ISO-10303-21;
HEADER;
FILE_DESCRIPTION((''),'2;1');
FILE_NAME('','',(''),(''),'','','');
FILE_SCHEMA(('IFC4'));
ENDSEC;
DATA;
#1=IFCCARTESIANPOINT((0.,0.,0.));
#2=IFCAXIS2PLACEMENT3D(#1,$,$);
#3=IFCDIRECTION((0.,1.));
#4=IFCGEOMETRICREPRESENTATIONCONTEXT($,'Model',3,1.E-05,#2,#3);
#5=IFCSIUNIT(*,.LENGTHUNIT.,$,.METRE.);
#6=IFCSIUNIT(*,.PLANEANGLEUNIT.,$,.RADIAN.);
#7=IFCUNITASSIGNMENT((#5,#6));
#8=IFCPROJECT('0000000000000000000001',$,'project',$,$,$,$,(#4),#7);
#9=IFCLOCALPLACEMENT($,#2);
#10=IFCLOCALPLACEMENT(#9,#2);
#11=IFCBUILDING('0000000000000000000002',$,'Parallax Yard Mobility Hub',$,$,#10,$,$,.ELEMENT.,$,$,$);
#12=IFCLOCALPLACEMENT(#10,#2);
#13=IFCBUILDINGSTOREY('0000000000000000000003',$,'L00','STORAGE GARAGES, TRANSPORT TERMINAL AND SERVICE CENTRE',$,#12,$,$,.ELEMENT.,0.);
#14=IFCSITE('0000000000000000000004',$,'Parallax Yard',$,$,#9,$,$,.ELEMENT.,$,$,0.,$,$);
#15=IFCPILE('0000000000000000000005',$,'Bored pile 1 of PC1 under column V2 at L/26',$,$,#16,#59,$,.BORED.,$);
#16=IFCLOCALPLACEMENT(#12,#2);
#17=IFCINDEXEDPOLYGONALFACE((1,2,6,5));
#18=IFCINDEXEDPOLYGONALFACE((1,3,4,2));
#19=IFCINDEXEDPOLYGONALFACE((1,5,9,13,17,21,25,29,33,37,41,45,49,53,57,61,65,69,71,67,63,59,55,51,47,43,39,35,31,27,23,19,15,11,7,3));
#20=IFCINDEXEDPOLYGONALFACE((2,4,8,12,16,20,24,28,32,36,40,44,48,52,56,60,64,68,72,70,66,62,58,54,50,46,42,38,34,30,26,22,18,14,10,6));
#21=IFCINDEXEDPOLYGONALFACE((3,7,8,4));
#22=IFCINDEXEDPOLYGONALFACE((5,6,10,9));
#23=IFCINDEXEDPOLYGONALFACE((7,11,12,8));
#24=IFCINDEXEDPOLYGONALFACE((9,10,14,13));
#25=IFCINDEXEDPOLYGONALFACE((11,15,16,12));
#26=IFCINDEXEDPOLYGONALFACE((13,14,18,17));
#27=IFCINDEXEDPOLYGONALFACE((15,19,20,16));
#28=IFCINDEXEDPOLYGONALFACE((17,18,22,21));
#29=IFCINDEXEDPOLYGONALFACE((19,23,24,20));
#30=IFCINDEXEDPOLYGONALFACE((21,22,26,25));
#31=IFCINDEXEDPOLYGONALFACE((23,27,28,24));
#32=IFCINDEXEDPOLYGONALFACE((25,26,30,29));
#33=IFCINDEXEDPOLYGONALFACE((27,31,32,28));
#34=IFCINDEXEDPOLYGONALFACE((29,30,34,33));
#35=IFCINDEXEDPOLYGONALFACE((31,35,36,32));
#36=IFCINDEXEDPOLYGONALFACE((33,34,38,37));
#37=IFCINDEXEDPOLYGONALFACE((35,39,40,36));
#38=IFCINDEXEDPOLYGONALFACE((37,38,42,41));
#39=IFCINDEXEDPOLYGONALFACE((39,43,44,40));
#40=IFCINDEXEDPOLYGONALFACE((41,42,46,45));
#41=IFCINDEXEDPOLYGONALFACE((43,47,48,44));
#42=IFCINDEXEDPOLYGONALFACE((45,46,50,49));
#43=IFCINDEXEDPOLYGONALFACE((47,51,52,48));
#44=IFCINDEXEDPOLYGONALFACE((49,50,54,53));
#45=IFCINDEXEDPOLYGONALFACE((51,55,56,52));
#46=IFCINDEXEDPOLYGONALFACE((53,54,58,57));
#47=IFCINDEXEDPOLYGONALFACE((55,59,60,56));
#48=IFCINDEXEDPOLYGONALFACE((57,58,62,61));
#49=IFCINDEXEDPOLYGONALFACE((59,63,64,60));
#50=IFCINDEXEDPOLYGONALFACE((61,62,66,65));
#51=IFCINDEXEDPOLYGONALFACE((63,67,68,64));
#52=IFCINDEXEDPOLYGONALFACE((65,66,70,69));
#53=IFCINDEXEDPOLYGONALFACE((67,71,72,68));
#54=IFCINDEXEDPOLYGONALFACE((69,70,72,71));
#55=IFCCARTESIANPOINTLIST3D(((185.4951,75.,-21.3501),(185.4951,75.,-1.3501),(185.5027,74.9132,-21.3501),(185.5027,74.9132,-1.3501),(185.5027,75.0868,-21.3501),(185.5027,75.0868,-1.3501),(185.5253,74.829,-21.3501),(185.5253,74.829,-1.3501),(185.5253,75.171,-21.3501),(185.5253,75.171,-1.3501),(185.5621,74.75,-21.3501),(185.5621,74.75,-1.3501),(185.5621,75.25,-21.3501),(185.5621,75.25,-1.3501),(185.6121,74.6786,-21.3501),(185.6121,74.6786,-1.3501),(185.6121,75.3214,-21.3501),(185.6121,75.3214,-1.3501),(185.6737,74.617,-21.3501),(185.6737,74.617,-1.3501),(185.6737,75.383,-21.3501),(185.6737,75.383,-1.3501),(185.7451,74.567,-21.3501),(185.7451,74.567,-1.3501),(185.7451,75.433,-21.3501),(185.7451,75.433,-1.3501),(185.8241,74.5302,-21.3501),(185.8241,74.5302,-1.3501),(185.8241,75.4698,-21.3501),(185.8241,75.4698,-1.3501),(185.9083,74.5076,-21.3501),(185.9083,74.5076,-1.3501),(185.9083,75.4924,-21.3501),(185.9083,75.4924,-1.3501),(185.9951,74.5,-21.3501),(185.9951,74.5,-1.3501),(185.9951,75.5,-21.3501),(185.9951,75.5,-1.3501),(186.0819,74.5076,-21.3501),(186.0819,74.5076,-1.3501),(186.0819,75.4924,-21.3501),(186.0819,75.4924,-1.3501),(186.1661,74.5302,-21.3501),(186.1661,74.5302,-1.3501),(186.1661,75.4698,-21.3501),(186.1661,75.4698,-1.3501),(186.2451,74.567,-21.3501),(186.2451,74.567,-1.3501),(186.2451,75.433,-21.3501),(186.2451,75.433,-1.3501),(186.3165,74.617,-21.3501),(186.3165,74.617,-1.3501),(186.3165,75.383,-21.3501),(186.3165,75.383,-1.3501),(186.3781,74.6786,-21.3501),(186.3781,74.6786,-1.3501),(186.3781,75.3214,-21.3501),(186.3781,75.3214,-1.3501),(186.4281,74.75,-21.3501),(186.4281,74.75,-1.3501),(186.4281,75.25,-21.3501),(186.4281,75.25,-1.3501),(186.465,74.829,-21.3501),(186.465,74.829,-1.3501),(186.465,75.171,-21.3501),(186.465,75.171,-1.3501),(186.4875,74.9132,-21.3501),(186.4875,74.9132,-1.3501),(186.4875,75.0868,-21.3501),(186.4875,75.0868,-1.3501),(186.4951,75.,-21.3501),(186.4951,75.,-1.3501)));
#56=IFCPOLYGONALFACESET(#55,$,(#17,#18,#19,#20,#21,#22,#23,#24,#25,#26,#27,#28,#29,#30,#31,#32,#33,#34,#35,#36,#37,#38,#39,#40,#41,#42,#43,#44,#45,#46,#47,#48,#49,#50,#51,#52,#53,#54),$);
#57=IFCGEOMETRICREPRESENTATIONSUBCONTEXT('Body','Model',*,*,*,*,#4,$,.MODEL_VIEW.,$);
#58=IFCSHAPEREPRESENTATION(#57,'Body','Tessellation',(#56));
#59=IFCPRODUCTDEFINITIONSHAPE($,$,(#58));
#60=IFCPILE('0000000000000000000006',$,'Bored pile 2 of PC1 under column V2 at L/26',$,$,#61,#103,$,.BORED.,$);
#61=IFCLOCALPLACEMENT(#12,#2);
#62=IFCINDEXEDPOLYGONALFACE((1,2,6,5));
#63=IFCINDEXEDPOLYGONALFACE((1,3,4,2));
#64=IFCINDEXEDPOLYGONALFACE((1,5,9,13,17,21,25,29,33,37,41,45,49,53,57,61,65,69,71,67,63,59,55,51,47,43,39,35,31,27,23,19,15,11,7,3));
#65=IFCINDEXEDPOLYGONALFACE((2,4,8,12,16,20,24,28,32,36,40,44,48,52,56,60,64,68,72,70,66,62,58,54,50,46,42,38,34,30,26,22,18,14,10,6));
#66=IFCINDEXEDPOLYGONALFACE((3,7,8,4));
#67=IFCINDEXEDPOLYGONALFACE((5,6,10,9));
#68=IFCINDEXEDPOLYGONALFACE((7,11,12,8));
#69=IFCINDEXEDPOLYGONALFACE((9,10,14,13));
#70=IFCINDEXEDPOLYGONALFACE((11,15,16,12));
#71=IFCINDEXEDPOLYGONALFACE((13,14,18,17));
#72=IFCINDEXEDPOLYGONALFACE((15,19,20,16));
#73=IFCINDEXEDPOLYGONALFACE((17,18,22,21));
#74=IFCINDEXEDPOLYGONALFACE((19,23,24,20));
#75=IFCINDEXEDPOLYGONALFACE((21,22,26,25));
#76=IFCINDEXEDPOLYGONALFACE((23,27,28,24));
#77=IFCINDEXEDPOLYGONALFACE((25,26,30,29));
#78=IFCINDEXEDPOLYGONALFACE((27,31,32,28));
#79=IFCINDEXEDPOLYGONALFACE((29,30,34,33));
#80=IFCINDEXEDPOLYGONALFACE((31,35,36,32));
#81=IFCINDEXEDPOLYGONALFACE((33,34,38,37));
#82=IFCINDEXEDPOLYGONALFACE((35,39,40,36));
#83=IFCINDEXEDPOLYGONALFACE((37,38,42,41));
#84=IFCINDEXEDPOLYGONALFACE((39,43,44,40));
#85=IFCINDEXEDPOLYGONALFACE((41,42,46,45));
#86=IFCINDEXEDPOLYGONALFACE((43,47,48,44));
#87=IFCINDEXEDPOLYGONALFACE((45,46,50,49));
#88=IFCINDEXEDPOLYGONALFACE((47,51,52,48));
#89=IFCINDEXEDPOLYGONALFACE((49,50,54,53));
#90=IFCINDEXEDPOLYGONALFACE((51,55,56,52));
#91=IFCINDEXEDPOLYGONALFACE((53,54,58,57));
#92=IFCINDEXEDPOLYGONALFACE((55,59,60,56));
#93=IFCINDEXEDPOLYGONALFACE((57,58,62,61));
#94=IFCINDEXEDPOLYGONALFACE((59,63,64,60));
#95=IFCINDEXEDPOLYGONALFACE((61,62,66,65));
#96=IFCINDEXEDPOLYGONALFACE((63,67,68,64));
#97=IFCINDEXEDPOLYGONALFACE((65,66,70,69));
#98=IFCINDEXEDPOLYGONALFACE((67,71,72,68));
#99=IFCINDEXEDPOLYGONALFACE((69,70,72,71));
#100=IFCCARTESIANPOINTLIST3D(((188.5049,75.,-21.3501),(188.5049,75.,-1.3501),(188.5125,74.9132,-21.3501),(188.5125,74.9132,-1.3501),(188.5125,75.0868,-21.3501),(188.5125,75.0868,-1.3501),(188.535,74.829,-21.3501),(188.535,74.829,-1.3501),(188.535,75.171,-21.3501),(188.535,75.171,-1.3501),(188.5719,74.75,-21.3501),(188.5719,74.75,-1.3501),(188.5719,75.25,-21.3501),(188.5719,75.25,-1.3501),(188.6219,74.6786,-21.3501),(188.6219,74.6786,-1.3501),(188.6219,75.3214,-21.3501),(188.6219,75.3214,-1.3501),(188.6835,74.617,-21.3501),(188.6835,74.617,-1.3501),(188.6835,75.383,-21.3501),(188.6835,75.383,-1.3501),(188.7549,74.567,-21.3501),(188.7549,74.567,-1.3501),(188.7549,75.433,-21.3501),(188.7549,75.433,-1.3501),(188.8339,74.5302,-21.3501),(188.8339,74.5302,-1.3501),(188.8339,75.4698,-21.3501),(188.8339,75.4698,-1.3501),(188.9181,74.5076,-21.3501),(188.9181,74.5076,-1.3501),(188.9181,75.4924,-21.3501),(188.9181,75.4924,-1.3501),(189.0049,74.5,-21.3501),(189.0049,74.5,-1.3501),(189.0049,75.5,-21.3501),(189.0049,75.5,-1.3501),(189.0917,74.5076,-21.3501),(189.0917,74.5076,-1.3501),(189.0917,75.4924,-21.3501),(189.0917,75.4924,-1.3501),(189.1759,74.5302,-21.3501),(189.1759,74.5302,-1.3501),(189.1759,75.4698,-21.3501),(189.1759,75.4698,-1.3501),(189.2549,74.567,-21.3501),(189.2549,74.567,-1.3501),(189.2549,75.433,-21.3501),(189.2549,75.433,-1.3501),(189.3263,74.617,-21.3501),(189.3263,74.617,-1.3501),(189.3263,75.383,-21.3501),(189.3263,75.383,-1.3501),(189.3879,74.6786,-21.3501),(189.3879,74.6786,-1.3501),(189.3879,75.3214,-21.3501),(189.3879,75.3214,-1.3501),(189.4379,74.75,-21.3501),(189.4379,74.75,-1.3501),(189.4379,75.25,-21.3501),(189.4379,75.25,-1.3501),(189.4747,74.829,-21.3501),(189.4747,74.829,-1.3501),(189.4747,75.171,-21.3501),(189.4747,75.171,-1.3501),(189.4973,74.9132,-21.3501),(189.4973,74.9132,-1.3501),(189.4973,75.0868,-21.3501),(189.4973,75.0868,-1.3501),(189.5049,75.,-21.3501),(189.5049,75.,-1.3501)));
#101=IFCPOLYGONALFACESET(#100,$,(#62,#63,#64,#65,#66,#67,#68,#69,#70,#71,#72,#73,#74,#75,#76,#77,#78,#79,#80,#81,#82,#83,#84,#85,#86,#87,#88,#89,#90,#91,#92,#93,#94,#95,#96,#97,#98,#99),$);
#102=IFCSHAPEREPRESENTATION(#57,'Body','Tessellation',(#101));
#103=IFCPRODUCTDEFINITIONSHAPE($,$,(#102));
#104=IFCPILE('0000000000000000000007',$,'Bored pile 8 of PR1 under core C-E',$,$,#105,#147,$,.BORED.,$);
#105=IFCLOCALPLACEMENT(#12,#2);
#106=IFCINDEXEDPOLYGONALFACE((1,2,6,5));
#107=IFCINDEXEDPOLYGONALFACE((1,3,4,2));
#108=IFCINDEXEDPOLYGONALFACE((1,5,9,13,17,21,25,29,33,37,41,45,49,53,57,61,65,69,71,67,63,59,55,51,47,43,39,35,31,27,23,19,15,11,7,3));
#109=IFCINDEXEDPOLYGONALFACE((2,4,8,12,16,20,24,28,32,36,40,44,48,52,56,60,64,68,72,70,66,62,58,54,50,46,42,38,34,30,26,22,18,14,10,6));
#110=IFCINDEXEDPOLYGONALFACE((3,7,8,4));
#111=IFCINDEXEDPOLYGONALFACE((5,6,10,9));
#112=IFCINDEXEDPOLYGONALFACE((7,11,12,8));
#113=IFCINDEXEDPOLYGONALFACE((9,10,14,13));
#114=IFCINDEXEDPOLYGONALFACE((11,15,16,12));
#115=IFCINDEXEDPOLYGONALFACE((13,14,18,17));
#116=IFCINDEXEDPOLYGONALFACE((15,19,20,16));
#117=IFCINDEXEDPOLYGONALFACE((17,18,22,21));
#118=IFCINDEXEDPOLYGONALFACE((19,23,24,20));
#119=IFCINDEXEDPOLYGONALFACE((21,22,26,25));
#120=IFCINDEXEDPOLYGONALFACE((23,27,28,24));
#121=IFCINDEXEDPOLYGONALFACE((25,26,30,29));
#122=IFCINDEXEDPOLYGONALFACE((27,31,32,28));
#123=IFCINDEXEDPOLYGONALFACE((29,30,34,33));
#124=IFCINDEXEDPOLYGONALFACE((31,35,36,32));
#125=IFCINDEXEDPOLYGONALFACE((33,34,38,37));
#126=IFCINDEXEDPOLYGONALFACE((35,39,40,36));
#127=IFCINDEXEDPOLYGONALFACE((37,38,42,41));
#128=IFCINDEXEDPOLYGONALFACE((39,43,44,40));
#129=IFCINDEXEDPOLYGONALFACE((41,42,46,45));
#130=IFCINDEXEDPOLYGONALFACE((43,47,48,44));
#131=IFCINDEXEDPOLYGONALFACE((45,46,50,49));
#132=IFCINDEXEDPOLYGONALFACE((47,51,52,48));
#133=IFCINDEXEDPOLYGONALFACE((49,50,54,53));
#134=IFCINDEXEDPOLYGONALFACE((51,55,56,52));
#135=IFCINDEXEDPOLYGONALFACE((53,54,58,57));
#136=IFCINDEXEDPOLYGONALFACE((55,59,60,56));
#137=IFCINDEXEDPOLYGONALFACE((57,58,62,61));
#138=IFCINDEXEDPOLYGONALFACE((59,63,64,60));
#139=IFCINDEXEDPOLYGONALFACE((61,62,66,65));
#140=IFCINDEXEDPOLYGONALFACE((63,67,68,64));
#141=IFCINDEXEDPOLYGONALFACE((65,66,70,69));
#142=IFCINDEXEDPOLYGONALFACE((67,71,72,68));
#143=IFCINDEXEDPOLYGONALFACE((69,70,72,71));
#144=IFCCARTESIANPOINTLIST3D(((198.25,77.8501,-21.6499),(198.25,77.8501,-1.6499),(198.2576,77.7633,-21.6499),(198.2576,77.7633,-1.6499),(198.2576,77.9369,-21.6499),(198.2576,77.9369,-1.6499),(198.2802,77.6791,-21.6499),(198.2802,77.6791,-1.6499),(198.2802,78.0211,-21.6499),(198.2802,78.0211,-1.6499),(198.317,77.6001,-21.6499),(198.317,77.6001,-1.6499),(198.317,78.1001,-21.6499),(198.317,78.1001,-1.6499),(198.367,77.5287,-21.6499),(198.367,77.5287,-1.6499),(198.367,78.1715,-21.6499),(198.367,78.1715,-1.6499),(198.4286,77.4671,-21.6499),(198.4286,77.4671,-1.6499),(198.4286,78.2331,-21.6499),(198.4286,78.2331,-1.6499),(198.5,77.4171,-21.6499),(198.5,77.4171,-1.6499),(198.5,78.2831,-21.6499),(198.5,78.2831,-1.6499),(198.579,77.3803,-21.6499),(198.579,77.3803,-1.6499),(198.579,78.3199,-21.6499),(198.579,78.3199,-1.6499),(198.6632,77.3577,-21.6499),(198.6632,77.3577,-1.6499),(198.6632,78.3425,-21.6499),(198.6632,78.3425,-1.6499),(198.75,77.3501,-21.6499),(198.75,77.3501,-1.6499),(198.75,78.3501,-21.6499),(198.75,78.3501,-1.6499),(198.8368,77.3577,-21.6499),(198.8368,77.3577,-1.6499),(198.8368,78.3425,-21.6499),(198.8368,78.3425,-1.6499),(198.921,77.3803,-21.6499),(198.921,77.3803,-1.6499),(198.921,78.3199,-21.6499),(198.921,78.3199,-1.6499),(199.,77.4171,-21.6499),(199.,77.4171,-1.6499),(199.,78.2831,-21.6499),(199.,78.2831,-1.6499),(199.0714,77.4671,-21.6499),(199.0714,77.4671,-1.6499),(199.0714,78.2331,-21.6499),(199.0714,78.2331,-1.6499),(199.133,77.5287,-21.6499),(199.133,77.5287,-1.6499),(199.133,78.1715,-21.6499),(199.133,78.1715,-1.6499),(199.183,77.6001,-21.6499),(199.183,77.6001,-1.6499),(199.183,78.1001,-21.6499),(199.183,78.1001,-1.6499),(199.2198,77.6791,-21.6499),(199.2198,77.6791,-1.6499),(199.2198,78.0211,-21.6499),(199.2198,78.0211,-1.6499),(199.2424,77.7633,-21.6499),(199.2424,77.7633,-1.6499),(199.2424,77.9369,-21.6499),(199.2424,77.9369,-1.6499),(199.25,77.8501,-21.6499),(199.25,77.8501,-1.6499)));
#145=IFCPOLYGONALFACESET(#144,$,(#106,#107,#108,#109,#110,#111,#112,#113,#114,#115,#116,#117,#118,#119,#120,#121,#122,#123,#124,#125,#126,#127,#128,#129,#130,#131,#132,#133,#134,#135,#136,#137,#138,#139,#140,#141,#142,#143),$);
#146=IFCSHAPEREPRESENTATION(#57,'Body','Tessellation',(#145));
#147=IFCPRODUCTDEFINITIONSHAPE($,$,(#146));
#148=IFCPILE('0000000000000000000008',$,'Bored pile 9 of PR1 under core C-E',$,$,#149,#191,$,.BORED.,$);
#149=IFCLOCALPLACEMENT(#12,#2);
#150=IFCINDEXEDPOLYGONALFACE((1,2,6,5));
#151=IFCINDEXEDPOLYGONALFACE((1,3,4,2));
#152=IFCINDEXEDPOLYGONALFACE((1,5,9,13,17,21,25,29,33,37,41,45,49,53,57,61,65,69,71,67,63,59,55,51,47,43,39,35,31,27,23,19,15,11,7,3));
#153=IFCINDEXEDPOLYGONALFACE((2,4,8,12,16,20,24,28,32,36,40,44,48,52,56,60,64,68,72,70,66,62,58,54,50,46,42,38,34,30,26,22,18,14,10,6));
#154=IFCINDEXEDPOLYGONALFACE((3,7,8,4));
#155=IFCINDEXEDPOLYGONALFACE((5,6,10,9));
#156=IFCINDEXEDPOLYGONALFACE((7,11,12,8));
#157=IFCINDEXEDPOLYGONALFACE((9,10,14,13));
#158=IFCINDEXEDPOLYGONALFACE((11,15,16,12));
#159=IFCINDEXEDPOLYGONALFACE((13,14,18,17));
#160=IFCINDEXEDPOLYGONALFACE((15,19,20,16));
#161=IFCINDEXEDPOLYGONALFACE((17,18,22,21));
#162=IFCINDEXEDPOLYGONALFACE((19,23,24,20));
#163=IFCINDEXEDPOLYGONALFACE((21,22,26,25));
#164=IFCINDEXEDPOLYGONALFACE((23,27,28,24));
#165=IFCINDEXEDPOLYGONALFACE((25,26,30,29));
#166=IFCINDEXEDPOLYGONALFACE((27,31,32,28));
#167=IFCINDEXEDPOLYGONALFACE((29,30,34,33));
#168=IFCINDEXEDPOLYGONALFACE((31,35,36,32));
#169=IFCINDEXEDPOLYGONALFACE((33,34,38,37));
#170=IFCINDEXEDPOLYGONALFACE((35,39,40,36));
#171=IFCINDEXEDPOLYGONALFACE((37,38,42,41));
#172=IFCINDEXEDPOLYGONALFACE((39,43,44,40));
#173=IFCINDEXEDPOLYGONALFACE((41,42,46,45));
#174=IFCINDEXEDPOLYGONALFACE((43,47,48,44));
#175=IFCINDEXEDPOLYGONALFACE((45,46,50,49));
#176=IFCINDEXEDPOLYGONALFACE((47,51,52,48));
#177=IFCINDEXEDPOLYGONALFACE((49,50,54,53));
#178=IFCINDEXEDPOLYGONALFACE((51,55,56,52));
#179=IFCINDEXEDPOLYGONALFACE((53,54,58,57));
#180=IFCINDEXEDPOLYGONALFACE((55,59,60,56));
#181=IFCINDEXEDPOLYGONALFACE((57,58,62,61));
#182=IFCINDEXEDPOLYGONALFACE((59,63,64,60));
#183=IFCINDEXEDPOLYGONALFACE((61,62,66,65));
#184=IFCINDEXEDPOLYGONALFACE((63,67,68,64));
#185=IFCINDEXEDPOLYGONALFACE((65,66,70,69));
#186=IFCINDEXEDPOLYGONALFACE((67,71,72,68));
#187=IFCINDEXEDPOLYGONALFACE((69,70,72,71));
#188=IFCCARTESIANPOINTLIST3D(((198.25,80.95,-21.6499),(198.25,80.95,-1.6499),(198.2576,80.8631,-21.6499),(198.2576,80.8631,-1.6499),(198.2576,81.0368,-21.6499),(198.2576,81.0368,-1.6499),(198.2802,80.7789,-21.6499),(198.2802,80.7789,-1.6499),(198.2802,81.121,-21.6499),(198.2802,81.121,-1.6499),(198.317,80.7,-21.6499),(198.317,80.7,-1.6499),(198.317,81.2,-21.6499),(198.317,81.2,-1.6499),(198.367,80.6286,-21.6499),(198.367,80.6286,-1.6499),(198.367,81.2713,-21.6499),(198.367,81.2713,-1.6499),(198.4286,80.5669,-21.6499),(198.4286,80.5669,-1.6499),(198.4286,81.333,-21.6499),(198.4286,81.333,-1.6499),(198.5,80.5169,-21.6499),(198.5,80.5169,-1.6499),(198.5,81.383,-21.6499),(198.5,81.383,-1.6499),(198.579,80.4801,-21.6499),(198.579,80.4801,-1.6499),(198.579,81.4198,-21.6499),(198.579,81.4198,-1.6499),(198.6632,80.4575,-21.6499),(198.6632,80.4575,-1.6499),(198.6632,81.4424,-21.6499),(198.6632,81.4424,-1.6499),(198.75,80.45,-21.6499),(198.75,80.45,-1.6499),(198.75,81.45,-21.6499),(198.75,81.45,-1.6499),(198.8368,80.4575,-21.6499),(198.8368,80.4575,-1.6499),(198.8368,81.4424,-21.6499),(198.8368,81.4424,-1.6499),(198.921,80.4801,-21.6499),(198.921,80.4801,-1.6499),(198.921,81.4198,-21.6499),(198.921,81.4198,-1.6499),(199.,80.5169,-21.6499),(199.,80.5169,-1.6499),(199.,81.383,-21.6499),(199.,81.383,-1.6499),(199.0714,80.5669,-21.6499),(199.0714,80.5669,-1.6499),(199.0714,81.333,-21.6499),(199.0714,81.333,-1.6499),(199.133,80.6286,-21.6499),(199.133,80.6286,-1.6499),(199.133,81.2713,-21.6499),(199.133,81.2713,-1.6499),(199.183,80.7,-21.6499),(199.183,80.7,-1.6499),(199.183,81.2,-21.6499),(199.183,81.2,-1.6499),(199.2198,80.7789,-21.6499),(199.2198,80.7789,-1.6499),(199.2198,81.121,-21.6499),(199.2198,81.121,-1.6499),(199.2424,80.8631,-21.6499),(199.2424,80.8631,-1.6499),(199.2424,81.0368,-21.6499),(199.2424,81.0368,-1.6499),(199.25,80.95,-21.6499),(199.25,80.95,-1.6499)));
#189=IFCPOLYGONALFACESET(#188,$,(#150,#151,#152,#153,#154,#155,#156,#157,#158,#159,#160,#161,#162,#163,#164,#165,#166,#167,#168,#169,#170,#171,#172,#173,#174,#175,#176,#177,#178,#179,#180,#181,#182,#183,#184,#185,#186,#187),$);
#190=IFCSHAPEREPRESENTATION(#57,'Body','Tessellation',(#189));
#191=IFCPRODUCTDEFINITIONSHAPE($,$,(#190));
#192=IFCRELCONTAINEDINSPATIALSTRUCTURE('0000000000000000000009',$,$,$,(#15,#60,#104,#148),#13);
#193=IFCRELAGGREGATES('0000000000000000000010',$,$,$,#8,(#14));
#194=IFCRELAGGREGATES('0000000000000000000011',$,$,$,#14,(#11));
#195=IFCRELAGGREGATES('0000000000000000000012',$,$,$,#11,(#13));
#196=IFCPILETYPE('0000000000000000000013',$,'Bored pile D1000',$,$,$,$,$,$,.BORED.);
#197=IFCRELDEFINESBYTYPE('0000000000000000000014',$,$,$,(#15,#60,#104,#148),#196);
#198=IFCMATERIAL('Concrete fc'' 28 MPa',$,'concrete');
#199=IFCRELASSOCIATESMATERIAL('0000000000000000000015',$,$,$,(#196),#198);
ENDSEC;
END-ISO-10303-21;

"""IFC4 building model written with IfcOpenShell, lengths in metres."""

from ifc_helpers import new_model, si_unit, direction, frame, origin, origin_2d, place, context, subcontext, project, spatial, circle, extrude, material, material_profile, profile_set, type_object, element, save


model = new_model("IFC4")

# Units and contexts
model_context = context("Model", 3, precision=1e-05, world=origin(), true_north=direction((0.0, 1.0)))
body_context = subcontext(model_context, "Body", "Model", "MODEL_VIEW")
ifc_project = project(units=[si_unit("LENGTHUNIT", "METRE"), si_unit("PLANEANGLEUNIT", "RADIAN")], contexts=[model_context])

# Site, building, storey
site_placement = place(None, origin())
site = spatial("IfcSite", under=ifc_project, at=site_placement, Name="Parallax Yard", CompositionType="ELEMENT", RefElevation=0.0)
building_placement = place(site_placement, origin())
building = spatial("IfcBuilding", under=site, at=building_placement, Name="Parallax Yard Mobility Hub", CompositionType="ELEMENT")
storey_placement = place(building_placement, origin())
storey = spatial("IfcBuildingStorey", under=building, at=storey_placement, Name="L00", Description="STORAGE GARAGES, TRANSPORT TERMINAL AND SERVICE CENTRE", CompositionType="ELEMENT", Elevation=0.0)

# Piles
ifc_material_1 = material(Name="Concrete fc' 28 MPa", Category="concrete")
ifc_material_profile_1 = material_profile(ifc_material_1, circle(Radius=0.5, at=origin_2d()), Name="Bored pile D1000")
ifc_profile_set_1 = profile_set([ifc_material_profile_1], Name="Concrete fc' 28 MPa")
pile_type = type_object("IfcPileType", Name="Bored pile D1000", PredefinedType="BORED", material=ifc_profile_set_1)
for number, where, z_axis, x_axis, name in (
    (1, (185.9951, 75.0, -1.3501), (0.0, 0.0, -1.0), (1.0, 0.0, 0.0), "Bored pile 1 of PC1 under column V2 at L/26"),
    (2, (189.0049, 75.0, -1.3501), (0.0, 0.0, -1.0), (1.0, 0.0, 0.0), "Bored pile 2 of PC1 under column V2 at L/26"),
    (3, (198.75, 77.8501, -1.6499), (0.0, 0.0, -1.0), (1.0, 0.0, 0.0), "Bored pile 8 of PR1 under core C-E"),
    (4, (198.75, 80.95, -1.6499), (0.0, 0.0, -1.0), (1.0, 0.0, 0.0), "Bored pile 9 of PR1 under core C-E"),
):
    element("IfcPile", number, at=place(storey_placement, frame(where, z_axis=z_axis, x_axis=x_axis)), inside=storey, type_object=pile_type, Name=name, PredefinedType="BORED", context=body_context, shape_type="SweptSolid", body=[
        extrude(circle(Radius=0.5, at=origin_2d()), origin(), (0.0, 0.0, 1.0), 20.0),
    ])

save(model, "model.ifc")
